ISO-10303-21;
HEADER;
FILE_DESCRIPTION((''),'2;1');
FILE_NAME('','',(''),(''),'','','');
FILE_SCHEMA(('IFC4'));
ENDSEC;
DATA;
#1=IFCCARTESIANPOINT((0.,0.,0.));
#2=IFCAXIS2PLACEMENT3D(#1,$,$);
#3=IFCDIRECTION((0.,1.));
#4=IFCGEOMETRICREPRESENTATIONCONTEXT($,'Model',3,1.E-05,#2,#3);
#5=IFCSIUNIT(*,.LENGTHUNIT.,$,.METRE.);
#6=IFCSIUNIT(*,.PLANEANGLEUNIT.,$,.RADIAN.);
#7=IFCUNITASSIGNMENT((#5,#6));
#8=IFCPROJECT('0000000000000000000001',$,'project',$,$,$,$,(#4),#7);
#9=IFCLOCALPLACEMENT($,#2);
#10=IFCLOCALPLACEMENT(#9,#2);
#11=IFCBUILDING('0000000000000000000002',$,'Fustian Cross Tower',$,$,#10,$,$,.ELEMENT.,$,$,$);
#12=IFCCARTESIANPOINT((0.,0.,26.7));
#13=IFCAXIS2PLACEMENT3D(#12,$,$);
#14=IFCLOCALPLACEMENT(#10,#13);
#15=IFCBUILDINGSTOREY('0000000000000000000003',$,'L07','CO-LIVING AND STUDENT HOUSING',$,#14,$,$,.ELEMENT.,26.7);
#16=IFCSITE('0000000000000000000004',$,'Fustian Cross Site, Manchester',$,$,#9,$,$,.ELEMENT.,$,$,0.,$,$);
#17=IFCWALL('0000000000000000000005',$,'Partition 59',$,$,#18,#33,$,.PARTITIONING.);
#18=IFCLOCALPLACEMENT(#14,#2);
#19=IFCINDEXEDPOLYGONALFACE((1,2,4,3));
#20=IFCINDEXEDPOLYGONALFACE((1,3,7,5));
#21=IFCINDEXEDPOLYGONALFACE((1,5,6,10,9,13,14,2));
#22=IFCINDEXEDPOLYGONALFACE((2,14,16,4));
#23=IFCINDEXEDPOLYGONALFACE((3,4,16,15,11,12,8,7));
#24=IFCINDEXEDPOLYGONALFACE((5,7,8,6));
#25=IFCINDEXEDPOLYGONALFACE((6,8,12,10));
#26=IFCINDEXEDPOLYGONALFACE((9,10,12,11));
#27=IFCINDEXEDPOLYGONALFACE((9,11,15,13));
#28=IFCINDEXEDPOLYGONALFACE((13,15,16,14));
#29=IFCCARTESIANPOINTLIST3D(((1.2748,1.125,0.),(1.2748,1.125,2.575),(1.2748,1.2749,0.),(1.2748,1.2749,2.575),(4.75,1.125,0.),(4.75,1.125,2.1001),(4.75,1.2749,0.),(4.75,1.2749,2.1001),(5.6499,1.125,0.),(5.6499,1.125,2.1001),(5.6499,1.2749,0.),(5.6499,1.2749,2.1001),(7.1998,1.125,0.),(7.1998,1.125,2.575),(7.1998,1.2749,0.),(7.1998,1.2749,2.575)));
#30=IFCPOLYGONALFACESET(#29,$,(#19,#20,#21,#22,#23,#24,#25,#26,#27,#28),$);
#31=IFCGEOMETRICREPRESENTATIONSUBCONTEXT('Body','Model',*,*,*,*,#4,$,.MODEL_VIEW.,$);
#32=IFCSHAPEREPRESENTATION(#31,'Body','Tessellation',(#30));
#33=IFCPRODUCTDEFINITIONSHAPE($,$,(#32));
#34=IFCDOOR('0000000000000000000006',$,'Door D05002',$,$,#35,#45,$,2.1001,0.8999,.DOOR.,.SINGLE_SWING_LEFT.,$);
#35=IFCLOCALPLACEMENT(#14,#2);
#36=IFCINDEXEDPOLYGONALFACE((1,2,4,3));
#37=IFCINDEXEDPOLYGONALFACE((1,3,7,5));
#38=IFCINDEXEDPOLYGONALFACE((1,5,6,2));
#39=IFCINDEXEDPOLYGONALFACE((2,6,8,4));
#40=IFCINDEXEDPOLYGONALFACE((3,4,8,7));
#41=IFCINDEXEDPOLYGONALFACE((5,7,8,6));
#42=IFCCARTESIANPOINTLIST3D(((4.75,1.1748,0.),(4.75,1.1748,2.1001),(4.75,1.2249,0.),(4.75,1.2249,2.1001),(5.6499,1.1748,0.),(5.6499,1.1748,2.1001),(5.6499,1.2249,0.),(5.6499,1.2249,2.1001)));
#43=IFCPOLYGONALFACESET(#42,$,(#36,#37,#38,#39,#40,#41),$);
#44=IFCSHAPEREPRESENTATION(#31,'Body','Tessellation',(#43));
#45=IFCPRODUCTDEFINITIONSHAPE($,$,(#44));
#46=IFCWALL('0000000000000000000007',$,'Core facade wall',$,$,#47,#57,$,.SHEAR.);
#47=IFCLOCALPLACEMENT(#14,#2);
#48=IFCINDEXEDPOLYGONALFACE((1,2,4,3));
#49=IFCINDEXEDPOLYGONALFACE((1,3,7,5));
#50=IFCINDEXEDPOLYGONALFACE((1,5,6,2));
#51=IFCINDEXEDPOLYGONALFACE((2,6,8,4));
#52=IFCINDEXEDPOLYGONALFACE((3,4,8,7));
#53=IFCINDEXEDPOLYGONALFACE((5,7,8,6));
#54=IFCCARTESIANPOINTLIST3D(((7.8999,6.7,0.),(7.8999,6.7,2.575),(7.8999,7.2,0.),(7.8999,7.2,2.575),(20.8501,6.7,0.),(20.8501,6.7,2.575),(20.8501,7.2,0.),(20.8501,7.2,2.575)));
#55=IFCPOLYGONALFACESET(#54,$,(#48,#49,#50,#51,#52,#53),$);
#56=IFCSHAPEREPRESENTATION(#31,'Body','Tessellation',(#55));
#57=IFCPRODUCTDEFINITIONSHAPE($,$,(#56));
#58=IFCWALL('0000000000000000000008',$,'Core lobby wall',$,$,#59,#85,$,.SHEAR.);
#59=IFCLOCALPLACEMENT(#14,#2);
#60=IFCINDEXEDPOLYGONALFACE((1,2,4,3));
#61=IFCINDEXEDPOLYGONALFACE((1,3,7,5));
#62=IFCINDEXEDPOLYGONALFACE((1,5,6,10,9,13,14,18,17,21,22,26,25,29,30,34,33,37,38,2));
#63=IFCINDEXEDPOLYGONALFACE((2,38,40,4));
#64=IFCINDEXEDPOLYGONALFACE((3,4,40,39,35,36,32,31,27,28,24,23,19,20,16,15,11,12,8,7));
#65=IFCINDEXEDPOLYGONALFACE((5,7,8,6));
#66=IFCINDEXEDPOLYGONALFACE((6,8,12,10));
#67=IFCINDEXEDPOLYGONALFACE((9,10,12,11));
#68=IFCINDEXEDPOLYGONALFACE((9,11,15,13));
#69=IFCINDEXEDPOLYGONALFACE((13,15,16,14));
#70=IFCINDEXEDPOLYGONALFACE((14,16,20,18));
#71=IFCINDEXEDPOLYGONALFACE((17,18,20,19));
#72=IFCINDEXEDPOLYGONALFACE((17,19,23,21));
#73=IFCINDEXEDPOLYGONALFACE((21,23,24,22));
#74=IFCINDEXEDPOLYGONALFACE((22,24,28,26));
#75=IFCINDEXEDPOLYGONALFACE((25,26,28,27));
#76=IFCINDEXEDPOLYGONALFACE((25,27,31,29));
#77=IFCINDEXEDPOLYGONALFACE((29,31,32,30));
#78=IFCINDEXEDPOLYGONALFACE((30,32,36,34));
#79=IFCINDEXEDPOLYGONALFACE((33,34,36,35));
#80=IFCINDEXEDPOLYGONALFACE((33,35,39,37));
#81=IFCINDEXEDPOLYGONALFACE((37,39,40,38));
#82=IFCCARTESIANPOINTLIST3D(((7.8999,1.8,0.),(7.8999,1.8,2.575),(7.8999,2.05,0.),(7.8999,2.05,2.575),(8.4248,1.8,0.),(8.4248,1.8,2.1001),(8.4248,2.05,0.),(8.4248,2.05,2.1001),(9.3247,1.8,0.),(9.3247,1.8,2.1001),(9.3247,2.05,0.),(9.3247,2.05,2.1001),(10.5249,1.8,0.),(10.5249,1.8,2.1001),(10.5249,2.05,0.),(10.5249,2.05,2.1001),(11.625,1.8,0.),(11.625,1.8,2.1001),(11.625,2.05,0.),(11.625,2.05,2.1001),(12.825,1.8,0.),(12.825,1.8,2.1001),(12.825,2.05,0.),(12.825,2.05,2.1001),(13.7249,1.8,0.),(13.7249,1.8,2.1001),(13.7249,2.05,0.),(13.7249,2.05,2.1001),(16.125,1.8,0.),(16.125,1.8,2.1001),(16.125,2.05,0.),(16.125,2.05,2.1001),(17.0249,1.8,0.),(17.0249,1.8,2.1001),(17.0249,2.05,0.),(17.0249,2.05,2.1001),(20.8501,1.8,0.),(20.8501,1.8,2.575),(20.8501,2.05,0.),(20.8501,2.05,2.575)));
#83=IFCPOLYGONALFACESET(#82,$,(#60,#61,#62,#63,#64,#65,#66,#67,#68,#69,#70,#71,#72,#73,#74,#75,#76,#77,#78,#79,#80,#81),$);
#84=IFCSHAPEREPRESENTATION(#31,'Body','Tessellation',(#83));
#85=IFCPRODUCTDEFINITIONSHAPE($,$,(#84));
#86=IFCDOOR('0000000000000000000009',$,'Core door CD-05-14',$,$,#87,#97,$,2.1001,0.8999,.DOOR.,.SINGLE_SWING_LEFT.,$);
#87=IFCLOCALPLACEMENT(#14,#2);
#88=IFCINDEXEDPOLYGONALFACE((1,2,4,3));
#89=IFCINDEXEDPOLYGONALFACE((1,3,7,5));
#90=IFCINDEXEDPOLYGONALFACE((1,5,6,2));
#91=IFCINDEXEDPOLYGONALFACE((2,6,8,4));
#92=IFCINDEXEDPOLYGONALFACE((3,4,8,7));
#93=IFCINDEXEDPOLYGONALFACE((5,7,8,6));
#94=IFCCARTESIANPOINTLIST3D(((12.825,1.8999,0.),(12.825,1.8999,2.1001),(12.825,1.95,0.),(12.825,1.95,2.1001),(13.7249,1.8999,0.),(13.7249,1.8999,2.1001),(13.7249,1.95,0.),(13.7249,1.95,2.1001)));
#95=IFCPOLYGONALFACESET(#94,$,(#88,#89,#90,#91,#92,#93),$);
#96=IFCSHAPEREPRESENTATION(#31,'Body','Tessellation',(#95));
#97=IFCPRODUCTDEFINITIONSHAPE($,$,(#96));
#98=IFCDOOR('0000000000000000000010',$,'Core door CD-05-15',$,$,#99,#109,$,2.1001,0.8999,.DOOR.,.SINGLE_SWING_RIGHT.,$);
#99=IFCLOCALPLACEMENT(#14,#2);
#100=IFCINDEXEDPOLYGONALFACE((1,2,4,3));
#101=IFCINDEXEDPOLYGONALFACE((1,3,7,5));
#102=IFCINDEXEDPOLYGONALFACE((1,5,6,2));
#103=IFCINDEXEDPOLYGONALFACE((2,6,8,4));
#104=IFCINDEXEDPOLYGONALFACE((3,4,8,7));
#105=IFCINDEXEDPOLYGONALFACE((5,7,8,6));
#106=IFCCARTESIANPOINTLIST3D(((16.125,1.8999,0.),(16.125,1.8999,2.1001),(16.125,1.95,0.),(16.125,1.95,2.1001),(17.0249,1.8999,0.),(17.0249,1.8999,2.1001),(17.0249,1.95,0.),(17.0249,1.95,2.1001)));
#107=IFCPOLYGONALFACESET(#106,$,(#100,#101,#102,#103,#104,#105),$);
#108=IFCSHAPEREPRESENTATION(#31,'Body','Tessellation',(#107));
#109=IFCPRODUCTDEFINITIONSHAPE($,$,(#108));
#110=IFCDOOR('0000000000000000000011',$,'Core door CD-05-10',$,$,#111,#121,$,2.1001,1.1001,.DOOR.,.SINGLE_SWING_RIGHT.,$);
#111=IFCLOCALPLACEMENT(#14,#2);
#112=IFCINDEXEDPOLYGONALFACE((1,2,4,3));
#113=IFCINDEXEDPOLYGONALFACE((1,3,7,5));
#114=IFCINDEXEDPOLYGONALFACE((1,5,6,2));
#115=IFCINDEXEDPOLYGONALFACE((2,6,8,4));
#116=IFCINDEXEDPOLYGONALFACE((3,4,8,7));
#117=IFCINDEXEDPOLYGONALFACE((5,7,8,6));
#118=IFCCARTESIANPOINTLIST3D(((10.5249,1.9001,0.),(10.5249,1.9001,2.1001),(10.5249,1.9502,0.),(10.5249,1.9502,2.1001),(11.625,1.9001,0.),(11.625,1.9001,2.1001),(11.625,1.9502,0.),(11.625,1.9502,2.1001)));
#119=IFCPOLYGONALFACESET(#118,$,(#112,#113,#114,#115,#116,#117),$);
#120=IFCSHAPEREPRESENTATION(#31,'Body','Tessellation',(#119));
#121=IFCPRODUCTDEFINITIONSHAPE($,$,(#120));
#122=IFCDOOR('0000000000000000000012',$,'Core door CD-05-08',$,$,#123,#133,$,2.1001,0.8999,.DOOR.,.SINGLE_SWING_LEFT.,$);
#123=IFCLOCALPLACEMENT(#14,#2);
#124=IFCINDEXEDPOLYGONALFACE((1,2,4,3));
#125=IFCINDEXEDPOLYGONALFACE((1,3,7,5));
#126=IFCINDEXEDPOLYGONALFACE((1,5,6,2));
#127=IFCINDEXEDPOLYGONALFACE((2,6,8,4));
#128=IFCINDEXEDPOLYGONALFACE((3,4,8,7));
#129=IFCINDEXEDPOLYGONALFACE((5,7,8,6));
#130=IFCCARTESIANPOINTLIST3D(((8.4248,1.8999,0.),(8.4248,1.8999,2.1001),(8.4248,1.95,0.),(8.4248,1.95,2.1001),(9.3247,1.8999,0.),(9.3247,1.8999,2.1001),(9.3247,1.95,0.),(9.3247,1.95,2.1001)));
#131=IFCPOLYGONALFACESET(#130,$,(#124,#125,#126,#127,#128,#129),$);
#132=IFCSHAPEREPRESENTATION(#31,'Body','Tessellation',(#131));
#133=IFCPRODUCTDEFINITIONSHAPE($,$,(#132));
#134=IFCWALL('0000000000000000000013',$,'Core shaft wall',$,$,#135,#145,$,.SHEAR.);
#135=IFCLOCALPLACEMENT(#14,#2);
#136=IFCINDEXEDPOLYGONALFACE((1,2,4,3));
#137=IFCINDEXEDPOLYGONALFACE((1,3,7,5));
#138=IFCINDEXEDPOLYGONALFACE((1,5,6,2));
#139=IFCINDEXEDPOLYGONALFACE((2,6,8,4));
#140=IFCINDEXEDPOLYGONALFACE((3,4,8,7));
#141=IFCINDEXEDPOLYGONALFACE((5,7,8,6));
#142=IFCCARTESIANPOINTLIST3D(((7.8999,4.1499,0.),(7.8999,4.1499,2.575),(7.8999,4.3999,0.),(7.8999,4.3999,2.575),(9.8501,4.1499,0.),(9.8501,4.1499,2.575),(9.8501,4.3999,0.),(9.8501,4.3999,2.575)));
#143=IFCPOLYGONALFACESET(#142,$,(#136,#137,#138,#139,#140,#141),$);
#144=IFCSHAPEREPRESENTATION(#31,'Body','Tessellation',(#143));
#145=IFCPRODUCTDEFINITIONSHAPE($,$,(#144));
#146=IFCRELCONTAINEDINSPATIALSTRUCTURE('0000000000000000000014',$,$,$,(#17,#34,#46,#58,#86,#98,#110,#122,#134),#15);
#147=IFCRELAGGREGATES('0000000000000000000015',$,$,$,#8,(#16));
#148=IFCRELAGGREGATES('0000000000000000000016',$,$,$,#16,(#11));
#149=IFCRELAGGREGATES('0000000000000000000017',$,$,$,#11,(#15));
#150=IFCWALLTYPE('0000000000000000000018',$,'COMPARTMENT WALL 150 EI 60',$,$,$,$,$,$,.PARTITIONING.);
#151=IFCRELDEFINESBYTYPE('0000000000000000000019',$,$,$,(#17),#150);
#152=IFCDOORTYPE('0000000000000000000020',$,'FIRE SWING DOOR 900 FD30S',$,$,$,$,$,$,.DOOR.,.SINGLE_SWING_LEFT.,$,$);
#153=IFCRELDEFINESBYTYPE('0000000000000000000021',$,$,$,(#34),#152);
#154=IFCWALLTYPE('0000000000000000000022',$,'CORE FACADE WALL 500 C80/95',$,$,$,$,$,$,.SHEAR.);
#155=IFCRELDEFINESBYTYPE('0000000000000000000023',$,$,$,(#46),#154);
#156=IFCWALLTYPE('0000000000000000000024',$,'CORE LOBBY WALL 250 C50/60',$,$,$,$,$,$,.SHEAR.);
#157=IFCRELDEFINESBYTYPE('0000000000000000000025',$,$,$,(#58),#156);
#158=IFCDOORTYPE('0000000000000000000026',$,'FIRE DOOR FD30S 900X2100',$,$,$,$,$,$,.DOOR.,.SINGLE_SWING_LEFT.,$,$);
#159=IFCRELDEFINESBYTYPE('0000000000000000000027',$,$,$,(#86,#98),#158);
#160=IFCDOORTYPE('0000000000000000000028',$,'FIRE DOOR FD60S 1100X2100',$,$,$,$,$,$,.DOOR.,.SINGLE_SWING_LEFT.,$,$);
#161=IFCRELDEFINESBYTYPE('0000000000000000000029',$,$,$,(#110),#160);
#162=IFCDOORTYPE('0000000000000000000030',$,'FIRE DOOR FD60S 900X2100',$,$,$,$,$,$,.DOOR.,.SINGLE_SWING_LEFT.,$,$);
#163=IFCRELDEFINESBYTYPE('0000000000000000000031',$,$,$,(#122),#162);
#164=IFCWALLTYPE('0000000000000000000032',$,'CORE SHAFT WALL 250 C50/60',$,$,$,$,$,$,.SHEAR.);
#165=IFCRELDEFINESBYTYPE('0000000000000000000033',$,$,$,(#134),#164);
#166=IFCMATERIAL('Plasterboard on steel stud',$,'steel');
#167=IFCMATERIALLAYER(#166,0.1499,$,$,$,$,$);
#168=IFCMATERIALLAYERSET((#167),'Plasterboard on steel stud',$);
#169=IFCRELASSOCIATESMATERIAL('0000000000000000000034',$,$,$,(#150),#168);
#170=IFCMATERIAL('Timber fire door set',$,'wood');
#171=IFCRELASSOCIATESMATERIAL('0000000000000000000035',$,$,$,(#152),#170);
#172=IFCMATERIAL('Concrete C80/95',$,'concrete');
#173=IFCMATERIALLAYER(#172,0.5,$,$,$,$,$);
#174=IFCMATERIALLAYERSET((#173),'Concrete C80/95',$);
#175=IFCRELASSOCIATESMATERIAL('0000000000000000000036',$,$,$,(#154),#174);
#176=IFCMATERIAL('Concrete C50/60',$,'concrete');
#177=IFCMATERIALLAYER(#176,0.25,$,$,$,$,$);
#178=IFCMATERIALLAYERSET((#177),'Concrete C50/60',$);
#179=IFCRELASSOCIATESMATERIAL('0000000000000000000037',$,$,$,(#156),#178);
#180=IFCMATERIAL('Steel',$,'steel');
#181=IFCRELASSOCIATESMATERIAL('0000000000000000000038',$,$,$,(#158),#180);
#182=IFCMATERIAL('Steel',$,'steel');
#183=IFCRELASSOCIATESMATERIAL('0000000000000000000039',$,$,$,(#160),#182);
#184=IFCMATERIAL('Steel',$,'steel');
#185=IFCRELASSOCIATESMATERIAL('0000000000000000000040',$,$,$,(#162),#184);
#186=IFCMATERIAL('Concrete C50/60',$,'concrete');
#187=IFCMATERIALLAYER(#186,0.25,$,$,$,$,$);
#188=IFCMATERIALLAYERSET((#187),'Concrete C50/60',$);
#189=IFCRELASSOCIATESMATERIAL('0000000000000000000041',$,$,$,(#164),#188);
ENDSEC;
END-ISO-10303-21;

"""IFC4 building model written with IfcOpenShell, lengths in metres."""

from ifc_helpers import new_model, si_unit, direction, frame, frame_2d, origin, place, context, subcontext, project, spatial, rectangle, extrude, material, layer, layer_set, type_object, element, fill, save


model = new_model("IFC4")

# Units and contexts
model_context = context("Model", 3, precision=1e-05, world=origin(), true_north=direction((0.0, 1.0)))
body_context = subcontext(model_context, "Body", "Model", "MODEL_VIEW")
ifc_project = project(units=[si_unit("LENGTHUNIT", "METRE"), si_unit("PLANEANGLEUNIT", "RADIAN")], contexts=[model_context])

# Site, building, storey
site_placement = place(None, origin())
site = spatial("IfcSite", under=ifc_project, at=site_placement, Name="Fustian Cross Site, Manchester", CompositionType="ELEMENT", RefElevation=0.0)
building_placement = place(site_placement, origin())
building = spatial("IfcBuilding", under=site, at=building_placement, Name="Fustian Cross Tower", CompositionType="ELEMENT")
storey_placement = place(building_placement, frame((0.0, 0.0, 26.7)))
storey = spatial("IfcBuildingStorey", under=building, at=storey_placement, Name="L07", Description="CO-LIVING AND STUDENT HOUSING", CompositionType="ELEMENT", Elevation=26.7)

# Shared definitions
ifc_material_1 = material(Name="Plasterboard on steel stud", Category="steel")
ifc_layer_1 = layer(ifc_material_1, 0.1499)
ifc_layer_set_1 = layer_set([ifc_layer_1], Name="Plasterboard on steel stud")
wall_type_1 = type_object("IfcWallType", Name="COMPARTMENT WALL 150 EI 60", PredefinedType="PARTITIONING", material=ifc_layer_set_1)
ifc_material_2 = material(Name="Timber fire door set", Category="wood")
door_type_1 = type_object("IfcDoorType", Name="FIRE SWING DOOR 900 FD30S", OperationType="SINGLE_SWING_LEFT", PredefinedType="DOOR", material=ifc_material_2)

# Wall, opening, door
wall_1_placement = place(storey_placement, frame((1.2749, 1.2, 0.0), z_axis=(0.0, 0.0, 1.0), x_axis=(1.0, 0.0, 0.0)))
wall_1 = element("IfcWall", 1, at=wall_1_placement, inside=storey, type_object=wall_type_1, Name="Partition 59", PredefinedType="PARTITIONING", context=body_context, shape_type="SweptSolid", body=[
    extrude(rectangle(XDim=5.925, YDim=0.1499, at=frame_2d((2.9624, 0.0))), origin(), (0.0, 0.0, 1.0), 2.575),
])
opening_1_placement = place(wall_1_placement, frame((3.4751, 0.0, 0.0)))
opening_1 = element("IfcOpeningElement", 2, at=opening_1_placement, cuts=wall_1, PredefinedType="OPENING", context=body_context, shape_type="SweptSolid", body=[
    extrude(rectangle(XDim=0.8999, YDim=2.1001, at=frame_2d((0.45, 1.05))), frame((0.0, 0.085, 0.0), z_axis=(0.0, -1.0, 0.0), x_axis=(1.0, 0.0, 0.0)), (0.0, 0.0, 1.0), 0.1699),
])
door_1_placement = place(opening_1_placement, origin())
door_1 = element("IfcDoor", 3, at=door_1_placement, inside=storey, type_object=door_type_1, Name="Door D05002", OperationType="SINGLE_SWING_LEFT", OverallHeight=2.1001, OverallWidth=0.8999, PredefinedType="DOOR", context=body_context, shape_type="SweptSolid", body=[
    extrude(rectangle(XDim=0.8999, YDim=2.1001, at=frame_2d((0.45, 1.05))), frame((0.0, 0.0249, 0.0), z_axis=(0.0, -1.0, 0.0), x_axis=(1.0, 0.0, 0.0)), (0.0, 0.0, 1.0), 0.05),
])
fill(opening_1, door_1)

# Wall
ifc_material_3 = material(Name="Concrete C80/95", Category="concrete")
ifc_layer_2 = layer(ifc_material_3, 0.5)
ifc_layer_set_2 = layer_set([ifc_layer_2], Name="Concrete C80/95")
wall_type_2 = type_object("IfcWallType", Name="CORE FACADE WALL 500 C80/95", PredefinedType="SHEAR", material=ifc_layer_set_2)
wall_2_placement = place(storey_placement, frame((7.8999, 6.95, 0.0), z_axis=(0.0, 0.0, 1.0), x_axis=(1.0, 0.0, 0.0)))
element("IfcWall", 4, at=wall_2_placement, inside=storey, type_object=wall_type_2, Name="Core facade wall", PredefinedType="SHEAR", context=body_context, shape_type="SweptSolid", body=[
    extrude(rectangle(XDim=12.9502, YDim=0.5, at=frame_2d((6.4751, 0.0))), origin(), (0.0, 0.0, 1.0), 2.575),
])

# Wall, openings, doors
ifc_material_4 = material(Name="Concrete C50/60", Category="concrete")
ifc_layer_3 = layer(ifc_material_4, 0.25)
ifc_layer_set_3 = layer_set([ifc_layer_3], Name="Concrete C50/60")
wall_type_3 = type_object("IfcWallType", Name="CORE LOBBY WALL 250 C50/60", PredefinedType="SHEAR", material=ifc_layer_set_3)
wall_3_placement = place(storey_placement, frame((7.8999, 1.925, 0.0), z_axis=(0.0, 0.0, 1.0), x_axis=(1.0, 0.0, 0.0)))
wall_3 = element("IfcWall", 5, at=wall_3_placement, inside=storey, type_object=wall_type_3, Name="Core lobby wall", PredefinedType="SHEAR", context=body_context, shape_type="SweptSolid", body=[
    extrude(rectangle(XDim=12.9502, YDim=0.25, at=frame_2d((6.4751, 0.0))), origin(), (0.0, 0.0, 1.0), 2.575),
])
opening_2_placement = place(wall_3_placement, frame((0.5249, 0.0, 0.0)))
opening_2 = element("IfcOpeningElement", 6, at=opening_2_placement, cuts=wall_3, PredefinedType="OPENING", context=body_context, shape_type="SweptSolid", body=[
    extrude(rectangle(XDim=0.8999, YDim=2.1001, at=frame_2d((0.45, 1.05))), frame((0.0, 0.135, 0.0), z_axis=(0.0, -1.0, 0.0), x_axis=(1.0, 0.0, 0.0)), (0.0, 0.0, 1.0), 0.27),
])
opening_3_placement = place(wall_3_placement, frame((2.625, 0.0, 0.0)))
opening_3 = element("IfcOpeningElement", 7, at=opening_3_placement, cuts=wall_3, PredefinedType="OPENING", context=body_context, shape_type="SweptSolid", body=[
    extrude(rectangle(XDim=1.1001, YDim=2.1001, at=frame_2d((0.55, 1.05))), frame((0.0, 0.135, 0.0), z_axis=(0.0, -1.0, 0.0), x_axis=(1.0, 0.0, 0.0)), (0.0, 0.0, 1.0), 0.27),
])
opening_4_placement = place(wall_3_placement, frame((4.925, 0.0, 0.0)))
opening_4 = element("IfcOpeningElement", 8, at=opening_4_placement, cuts=wall_3, PredefinedType="OPENING", context=body_context, shape_type="SweptSolid", body=[
    extrude(rectangle(XDim=0.8999, YDim=2.1001, at=frame_2d((0.45, 1.05))), frame((0.0, 0.135, 0.0), z_axis=(0.0, -1.0, 0.0), x_axis=(1.0, 0.0, 0.0)), (0.0, 0.0, 1.0), 0.27),
])
opening_5_placement = place(wall_3_placement, frame((8.2251, 0.0, 0.0)))
opening_5 = element("IfcOpeningElement", 9, at=opening_5_placement, cuts=wall_3, PredefinedType="OPENING", context=body_context, shape_type="SweptSolid", body=[
    extrude(rectangle(XDim=0.8999, YDim=2.1001, at=frame_2d((0.45, 1.05))), frame((0.0, 0.135, 0.0), z_axis=(0.0, -1.0, 0.0), x_axis=(1.0, 0.0, 0.0)), (0.0, 0.0, 1.0), 0.27),
])
ifc_material_5 = material(Name="Steel", Category="steel")
door_type_2 = type_object("IfcDoorType", Name="FIRE DOOR FD30S 900X2100", OperationType="SINGLE_SWING_LEFT", PredefinedType="DOOR", material=ifc_material_5)
door_2_placement = place(opening_4_placement, origin())
door_2 = element("IfcDoor", 10, at=door_2_placement, inside=storey, type_object=door_type_2, Name="Core door CD-05-14", OperationType="SINGLE_SWING_LEFT", OverallHeight=2.1001, OverallWidth=0.8999, PredefinedType="DOOR", context=body_context, shape_type="SweptSolid", body=[
    extrude(rectangle(XDim=0.8999, YDim=2.1001, at=frame_2d((0.45, 1.05))), frame((0.0, 0.0249, 0.0), z_axis=(0.0, -1.0, 0.0), x_axis=(1.0, 0.0, 0.0)), (0.0, 0.0, 1.0), 0.05),
])
fill(opening_4, door_2)
door_3_placement = place(opening_5_placement, origin())
door_3 = element("IfcDoor", 11, at=door_3_placement, inside=storey, type_object=door_type_2, Name="Core door CD-05-15", OperationType="SINGLE_SWING_RIGHT", OverallHeight=2.1001, OverallWidth=0.8999, PredefinedType="DOOR", context=body_context, shape_type="SweptSolid", body=[
    extrude(rectangle(XDim=0.8999, YDim=2.1001, at=frame_2d((0.45, 1.05))), frame((0.0, 0.0249, 0.0), z_axis=(0.0, -1.0, 0.0), x_axis=(1.0, 0.0, 0.0)), (0.0, 0.0, 1.0), 0.05),
])
fill(opening_5, door_3)
ifc_material_6 = material(Name="Steel", Category="steel")
door_type_3 = type_object("IfcDoorType", Name="FIRE DOOR FD60S 1100X2100", OperationType="SINGLE_SWING_LEFT", PredefinedType="DOOR", material=ifc_material_6)
door_4_placement = place(opening_3_placement, frame((1.1001, 0.0, 0.0), z_axis=(0.0, 0.0, 1.0), x_axis=(-1.0, 0.0, 0.0)))
door_4 = element("IfcDoor", 12, at=door_4_placement, inside=storey, type_object=door_type_3, Name="Core door CD-05-10", OperationType="SINGLE_SWING_RIGHT", OverallHeight=2.1001, OverallWidth=1.1001, PredefinedType="DOOR", context=body_context, shape_type="SweptSolid", body=[
    extrude(rectangle(XDim=1.1001, YDim=2.1001, at=frame_2d((0.55, 1.05))), frame((0.0, 0.0249, 0.0), z_axis=(0.0, -1.0, 0.0), x_axis=(1.0, 0.0, 0.0)), (0.0, 0.0, 1.0), 0.05),
])
fill(opening_3, door_4)
ifc_material_7 = material(Name="Steel", Category="steel")
door_type_4 = type_object("IfcDoorType", Name="FIRE DOOR FD60S 900X2100", OperationType="SINGLE_SWING_LEFT", PredefinedType="DOOR", material=ifc_material_7)
door_5_placement = place(opening_2_placement, origin())
door_5 = element("IfcDoor", 13, at=door_5_placement, inside=storey, type_object=door_type_4, Name="Core door CD-05-08", OperationType="SINGLE_SWING_LEFT", OverallHeight=2.1001, OverallWidth=0.8999, PredefinedType="DOOR", context=body_context, shape_type="SweptSolid", body=[
    extrude(rectangle(XDim=0.8999, YDim=2.1001, at=frame_2d((0.45, 1.05))), frame((0.0, 0.0249, 0.0), z_axis=(0.0, -1.0, 0.0), x_axis=(1.0, 0.0, 0.0)), (0.0, 0.0, 1.0), 0.05),
])
fill(opening_2, door_5)

# Wall
ifc_material_8 = material(Name="Concrete C50/60", Category="concrete")
ifc_layer_4 = layer(ifc_material_8, 0.25)
ifc_layer_set_4 = layer_set([ifc_layer_4], Name="Concrete C50/60")
wall_type_4 = type_object("IfcWallType", Name="CORE SHAFT WALL 250 C50/60", PredefinedType="SHEAR", material=ifc_layer_set_4)
wall_4_placement = place(storey_placement, frame((7.8999, 4.2749, 0.0), z_axis=(0.0, 0.0, 1.0), x_axis=(1.0, 0.0, 0.0)))
element("IfcWall", 14, at=wall_4_placement, inside=storey, type_object=wall_type_4, Name="Core shaft wall", PredefinedType="SHEAR", context=body_context, shape_type="SweptSolid", body=[
    extrude(rectangle(XDim=1.9502, YDim=0.25, at=frame_2d((0.9751, 0.0))), origin(), (0.0, 0.0, 1.0), 2.575),
])

save(model, "model.ifc")
